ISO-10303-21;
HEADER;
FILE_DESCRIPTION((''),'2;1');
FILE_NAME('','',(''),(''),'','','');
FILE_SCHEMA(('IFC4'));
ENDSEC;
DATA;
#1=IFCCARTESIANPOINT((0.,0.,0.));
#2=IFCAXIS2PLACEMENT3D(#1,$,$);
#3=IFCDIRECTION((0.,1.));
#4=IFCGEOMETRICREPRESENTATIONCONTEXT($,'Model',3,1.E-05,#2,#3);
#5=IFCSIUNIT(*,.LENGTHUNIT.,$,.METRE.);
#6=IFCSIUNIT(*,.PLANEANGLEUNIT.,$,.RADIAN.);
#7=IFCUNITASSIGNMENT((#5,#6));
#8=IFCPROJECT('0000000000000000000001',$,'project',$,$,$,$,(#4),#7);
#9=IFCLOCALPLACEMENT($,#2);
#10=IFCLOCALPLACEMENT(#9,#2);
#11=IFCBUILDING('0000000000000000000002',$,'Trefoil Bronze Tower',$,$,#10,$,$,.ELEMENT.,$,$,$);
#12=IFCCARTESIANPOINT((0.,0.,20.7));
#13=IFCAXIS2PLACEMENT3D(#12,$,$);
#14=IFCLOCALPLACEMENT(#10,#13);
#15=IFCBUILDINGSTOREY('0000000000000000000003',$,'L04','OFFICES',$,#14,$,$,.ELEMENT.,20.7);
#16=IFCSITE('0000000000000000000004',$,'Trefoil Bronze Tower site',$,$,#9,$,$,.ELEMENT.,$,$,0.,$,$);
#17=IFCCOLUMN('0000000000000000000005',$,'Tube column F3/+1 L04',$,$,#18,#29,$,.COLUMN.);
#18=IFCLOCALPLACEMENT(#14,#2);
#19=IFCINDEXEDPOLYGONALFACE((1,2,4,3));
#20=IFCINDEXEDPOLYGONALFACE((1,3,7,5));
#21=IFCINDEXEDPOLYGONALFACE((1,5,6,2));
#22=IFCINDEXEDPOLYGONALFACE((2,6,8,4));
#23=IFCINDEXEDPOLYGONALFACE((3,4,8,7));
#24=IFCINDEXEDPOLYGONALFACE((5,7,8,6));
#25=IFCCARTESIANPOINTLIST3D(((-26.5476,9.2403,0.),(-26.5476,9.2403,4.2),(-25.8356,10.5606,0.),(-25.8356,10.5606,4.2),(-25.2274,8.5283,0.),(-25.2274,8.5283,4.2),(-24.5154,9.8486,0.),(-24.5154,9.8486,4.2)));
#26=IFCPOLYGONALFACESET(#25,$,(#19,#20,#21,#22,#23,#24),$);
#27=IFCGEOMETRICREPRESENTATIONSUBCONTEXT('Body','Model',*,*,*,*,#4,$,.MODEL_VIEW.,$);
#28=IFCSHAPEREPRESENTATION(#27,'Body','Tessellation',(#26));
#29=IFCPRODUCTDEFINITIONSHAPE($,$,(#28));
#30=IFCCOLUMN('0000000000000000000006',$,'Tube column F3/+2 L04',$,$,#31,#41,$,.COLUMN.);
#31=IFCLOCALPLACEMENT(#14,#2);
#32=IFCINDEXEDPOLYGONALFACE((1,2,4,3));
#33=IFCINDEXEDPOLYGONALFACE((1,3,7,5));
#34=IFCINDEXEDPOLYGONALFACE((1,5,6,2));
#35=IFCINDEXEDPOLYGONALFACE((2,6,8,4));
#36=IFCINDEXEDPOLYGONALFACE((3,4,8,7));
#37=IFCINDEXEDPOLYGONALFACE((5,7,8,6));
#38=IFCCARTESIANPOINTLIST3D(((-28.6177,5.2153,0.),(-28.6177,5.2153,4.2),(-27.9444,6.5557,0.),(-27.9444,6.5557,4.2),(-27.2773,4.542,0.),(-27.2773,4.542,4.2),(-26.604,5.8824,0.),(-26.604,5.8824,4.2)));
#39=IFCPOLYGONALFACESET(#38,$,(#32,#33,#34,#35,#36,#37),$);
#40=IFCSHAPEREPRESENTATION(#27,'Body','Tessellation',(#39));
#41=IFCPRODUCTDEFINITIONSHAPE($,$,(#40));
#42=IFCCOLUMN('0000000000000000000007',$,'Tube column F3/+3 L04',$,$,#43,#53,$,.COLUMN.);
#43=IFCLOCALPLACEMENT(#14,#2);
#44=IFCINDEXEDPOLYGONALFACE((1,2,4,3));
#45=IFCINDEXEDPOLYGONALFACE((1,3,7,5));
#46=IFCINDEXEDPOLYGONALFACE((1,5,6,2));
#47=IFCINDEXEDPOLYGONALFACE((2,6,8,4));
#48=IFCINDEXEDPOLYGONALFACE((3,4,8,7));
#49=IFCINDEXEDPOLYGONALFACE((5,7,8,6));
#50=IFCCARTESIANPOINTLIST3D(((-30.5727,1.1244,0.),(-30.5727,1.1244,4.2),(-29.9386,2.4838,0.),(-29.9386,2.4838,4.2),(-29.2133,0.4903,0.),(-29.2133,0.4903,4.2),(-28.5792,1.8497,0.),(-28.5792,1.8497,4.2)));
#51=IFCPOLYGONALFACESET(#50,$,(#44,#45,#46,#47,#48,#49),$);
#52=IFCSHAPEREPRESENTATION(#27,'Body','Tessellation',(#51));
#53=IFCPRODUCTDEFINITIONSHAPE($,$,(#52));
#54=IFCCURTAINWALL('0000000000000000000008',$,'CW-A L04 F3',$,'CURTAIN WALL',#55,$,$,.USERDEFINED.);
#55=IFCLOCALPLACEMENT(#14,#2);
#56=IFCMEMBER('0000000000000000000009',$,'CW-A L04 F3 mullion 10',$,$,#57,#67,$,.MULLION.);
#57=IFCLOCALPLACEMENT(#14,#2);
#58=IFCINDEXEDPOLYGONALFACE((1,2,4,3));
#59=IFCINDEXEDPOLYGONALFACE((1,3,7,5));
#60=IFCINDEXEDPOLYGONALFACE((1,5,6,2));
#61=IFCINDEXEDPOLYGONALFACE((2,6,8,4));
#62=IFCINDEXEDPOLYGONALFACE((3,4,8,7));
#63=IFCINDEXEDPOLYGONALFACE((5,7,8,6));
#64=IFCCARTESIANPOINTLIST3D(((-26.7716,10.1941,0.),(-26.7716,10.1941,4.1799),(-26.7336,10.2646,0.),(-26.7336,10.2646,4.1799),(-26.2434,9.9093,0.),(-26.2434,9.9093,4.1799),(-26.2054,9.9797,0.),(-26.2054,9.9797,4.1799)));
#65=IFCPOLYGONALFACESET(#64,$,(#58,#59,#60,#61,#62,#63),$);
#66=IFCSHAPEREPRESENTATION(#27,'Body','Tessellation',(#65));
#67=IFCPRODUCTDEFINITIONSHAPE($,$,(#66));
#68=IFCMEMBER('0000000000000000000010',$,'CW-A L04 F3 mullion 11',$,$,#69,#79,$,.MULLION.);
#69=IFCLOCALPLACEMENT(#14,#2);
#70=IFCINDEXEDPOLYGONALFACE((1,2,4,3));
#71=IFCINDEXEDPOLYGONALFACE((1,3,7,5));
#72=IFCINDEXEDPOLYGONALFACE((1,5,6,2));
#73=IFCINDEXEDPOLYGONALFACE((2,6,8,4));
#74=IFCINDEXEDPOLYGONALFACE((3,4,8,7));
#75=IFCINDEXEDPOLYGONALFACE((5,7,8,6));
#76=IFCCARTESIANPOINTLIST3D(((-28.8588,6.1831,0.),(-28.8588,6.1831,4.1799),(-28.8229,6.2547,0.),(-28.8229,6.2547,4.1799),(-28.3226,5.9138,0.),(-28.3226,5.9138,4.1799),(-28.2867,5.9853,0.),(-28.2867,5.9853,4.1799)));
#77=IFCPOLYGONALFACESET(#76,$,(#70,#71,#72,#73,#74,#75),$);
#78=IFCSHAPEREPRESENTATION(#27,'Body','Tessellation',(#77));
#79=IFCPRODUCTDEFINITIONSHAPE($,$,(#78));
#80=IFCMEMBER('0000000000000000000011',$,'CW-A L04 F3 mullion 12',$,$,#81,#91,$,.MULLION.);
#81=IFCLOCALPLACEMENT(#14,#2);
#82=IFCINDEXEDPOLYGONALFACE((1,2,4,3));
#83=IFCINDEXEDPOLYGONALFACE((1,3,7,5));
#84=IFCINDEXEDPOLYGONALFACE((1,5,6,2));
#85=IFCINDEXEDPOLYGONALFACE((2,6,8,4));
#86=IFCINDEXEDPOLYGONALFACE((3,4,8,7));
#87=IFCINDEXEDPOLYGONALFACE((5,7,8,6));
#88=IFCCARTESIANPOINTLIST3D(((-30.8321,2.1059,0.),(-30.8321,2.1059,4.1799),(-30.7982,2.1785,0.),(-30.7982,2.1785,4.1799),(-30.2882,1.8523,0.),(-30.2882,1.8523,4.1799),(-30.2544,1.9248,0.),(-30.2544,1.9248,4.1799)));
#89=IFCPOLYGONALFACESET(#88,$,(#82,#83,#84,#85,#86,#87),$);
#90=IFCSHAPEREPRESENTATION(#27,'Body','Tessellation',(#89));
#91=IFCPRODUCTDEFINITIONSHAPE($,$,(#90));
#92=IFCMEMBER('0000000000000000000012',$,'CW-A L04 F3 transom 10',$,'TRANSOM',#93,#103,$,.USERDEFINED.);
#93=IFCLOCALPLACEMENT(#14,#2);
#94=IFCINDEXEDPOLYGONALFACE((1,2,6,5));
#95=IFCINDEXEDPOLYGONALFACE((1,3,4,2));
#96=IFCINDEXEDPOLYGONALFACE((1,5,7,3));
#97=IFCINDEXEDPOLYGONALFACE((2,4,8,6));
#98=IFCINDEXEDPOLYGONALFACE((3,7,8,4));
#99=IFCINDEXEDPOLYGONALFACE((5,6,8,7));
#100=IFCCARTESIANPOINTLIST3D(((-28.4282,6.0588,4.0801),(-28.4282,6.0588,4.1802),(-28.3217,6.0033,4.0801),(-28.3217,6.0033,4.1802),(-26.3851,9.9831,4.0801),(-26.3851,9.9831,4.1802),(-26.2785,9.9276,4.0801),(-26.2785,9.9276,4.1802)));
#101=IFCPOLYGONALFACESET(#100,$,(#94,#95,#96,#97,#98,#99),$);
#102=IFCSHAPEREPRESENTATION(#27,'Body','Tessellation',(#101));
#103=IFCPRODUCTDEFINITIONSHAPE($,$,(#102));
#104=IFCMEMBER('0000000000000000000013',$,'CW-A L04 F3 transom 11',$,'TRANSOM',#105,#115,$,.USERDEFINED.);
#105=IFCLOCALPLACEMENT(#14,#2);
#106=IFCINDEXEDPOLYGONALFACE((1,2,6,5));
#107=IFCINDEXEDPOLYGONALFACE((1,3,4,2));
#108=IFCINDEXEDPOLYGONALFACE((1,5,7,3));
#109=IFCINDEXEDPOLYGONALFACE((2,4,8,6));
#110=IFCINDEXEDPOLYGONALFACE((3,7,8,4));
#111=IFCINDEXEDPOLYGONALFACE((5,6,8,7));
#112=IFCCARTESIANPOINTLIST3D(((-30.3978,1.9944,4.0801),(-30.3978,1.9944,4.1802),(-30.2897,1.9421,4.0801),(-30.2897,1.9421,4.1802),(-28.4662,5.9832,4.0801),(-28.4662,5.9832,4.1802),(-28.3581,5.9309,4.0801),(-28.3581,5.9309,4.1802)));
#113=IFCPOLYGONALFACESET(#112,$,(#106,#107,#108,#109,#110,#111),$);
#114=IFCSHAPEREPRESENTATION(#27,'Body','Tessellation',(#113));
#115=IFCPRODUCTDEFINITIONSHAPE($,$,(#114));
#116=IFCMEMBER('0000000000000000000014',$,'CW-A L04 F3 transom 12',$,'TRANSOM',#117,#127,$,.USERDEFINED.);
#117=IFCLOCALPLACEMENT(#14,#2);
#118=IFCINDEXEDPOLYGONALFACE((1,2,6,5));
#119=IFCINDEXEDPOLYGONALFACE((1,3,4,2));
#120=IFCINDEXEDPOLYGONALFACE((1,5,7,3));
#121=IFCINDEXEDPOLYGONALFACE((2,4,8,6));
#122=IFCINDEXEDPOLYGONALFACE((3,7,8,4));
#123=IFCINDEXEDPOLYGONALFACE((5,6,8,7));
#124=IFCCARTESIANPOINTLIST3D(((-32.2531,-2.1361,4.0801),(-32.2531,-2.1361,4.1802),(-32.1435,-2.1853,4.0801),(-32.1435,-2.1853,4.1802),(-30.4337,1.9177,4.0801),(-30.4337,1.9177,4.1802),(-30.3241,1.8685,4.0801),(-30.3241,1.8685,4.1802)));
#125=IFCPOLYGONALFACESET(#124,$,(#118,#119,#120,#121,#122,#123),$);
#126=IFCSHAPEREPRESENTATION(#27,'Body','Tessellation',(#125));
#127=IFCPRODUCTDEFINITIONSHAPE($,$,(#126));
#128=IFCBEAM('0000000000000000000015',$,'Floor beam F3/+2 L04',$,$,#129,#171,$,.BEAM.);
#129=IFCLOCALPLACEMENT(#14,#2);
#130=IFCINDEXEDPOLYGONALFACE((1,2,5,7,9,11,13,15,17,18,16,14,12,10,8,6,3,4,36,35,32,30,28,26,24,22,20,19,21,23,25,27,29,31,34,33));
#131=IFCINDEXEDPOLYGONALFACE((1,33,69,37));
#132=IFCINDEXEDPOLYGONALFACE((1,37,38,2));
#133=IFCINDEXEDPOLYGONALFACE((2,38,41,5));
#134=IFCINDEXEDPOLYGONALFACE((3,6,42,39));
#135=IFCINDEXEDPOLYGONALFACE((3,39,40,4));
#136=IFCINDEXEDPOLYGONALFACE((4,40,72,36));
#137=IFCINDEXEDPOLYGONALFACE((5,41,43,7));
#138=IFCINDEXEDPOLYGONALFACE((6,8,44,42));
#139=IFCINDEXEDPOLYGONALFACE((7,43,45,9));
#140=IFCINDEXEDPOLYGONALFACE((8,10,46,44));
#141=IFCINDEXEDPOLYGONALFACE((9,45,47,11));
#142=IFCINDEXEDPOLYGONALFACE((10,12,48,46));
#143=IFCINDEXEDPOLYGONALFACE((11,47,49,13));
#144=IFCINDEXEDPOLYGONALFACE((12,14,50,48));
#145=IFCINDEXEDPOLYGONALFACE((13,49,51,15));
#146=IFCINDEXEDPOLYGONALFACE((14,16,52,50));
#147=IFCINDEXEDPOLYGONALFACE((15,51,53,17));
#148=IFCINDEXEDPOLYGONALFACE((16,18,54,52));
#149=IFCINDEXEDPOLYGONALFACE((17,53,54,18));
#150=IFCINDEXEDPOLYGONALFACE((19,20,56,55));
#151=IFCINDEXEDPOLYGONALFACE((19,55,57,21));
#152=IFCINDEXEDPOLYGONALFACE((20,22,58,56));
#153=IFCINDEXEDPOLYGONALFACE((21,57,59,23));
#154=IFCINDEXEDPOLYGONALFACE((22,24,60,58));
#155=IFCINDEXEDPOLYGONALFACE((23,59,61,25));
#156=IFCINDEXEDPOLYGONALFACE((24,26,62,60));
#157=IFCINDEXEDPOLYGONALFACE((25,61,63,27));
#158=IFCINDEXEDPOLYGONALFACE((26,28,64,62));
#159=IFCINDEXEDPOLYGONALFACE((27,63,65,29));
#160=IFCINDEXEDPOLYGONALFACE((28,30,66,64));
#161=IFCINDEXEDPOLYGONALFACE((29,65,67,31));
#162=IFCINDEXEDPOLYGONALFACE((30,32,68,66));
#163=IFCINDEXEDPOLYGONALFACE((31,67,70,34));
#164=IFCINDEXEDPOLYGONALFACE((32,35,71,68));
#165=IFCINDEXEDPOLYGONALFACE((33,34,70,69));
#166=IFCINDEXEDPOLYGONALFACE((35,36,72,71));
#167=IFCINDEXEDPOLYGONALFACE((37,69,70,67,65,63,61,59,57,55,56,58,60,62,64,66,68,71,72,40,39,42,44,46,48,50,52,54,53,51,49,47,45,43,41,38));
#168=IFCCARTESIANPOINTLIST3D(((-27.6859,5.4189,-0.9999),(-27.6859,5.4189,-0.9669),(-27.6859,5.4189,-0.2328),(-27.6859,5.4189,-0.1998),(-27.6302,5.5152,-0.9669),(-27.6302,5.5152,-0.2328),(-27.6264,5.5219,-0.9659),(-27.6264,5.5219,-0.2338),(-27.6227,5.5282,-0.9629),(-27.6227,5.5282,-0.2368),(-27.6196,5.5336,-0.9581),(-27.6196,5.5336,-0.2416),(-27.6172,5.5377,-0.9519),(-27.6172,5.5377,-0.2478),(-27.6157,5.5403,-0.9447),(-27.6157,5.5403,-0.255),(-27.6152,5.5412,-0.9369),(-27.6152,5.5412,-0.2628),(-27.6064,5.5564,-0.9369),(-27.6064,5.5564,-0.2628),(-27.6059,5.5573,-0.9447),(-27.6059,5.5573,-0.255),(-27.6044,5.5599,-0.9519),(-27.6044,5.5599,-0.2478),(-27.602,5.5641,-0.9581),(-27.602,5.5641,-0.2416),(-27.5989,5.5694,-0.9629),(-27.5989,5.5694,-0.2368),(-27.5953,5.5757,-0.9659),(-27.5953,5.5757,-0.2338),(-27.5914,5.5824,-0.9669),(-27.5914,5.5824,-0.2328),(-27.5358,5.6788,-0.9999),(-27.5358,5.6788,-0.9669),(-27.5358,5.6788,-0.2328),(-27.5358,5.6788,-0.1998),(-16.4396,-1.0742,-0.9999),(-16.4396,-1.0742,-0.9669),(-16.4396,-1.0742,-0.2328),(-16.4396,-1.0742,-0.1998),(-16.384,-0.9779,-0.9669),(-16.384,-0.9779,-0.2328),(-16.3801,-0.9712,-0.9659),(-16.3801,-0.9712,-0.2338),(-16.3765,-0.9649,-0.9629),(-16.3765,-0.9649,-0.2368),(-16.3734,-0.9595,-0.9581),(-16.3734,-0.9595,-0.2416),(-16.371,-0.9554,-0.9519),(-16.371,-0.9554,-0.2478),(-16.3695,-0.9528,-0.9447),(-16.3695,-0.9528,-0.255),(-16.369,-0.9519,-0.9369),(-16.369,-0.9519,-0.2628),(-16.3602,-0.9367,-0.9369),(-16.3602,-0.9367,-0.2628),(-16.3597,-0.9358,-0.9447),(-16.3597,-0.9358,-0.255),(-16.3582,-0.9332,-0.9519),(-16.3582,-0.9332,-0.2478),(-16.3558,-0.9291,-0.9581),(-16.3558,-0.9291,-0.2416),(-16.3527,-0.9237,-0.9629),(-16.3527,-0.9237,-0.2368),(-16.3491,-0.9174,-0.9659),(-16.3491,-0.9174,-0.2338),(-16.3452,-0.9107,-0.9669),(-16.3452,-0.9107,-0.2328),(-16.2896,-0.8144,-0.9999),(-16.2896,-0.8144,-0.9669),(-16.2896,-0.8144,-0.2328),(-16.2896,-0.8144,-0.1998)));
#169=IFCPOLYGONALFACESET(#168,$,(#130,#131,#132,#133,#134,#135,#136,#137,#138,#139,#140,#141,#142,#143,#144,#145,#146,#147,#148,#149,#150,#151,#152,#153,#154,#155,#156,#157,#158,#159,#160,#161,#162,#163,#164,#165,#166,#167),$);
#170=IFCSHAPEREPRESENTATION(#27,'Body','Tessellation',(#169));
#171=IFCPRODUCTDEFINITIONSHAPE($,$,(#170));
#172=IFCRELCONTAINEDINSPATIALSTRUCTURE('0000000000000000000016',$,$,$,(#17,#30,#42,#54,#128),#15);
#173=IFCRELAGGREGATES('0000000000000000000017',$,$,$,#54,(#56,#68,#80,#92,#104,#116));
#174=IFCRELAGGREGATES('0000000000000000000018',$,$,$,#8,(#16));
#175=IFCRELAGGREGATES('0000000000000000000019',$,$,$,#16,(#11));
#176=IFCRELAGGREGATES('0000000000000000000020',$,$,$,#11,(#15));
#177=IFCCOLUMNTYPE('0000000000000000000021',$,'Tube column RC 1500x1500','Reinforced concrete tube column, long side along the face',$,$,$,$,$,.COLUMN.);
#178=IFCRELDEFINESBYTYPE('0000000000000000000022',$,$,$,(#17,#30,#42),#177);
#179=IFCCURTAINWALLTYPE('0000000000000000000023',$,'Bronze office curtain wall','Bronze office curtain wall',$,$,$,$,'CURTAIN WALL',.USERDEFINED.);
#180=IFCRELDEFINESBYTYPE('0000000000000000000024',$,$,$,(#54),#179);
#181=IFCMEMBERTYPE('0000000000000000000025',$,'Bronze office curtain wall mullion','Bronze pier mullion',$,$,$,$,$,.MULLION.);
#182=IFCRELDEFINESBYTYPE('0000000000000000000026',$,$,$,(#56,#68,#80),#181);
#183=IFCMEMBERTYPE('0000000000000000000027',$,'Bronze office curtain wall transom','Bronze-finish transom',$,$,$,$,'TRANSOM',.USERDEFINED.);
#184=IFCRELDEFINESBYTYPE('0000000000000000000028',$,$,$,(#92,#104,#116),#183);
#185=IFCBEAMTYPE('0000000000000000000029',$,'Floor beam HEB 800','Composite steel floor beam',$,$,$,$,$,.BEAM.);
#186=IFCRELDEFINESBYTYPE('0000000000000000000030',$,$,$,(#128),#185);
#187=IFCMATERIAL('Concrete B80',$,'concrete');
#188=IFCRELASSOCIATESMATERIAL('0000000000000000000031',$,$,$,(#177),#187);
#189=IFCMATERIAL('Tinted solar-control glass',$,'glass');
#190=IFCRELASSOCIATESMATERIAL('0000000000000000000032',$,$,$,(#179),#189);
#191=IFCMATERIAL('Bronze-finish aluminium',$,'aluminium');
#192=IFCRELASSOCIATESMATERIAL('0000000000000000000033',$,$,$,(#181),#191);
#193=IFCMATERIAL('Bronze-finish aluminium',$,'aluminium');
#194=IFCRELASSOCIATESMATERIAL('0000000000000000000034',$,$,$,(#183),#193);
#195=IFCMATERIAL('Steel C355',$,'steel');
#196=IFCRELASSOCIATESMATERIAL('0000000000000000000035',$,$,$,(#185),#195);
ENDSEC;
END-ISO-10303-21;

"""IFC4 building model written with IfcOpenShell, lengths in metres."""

from ifc_helpers import new_model, si_unit, direction, frame, origin, origin_2d, place, context, subcontext, project, spatial, rectangle, i_section, extrude, material, material_profile, profile_set, type_object, element, aggregate, save


model = new_model("IFC4")

# Units and contexts
model_context = context("Model", 3, precision=1e-05, world=origin(), true_north=direction((0.0, 1.0)))
body_context = subcontext(model_context, "Body", "Model", "MODEL_VIEW")
ifc_project = project(units=[si_unit("LENGTHUNIT", "METRE"), si_unit("PLANEANGLEUNIT", "RADIAN")], contexts=[model_context])

# Site, building, storey
site_placement = place(None, origin())
site = spatial("IfcSite", under=ifc_project, at=site_placement, Name="Trefoil Bronze Tower site", CompositionType="ELEMENT", RefElevation=0.0)
building_placement = place(site_placement, origin())
building = spatial("IfcBuilding", under=site, at=building_placement, Name="Trefoil Bronze Tower", CompositionType="ELEMENT")
storey_placement = place(building_placement, frame((0.0, 0.0, 20.7)))
storey = spatial("IfcBuildingStorey", under=building, at=storey_placement, Name="L04", Description="OFFICES", CompositionType="ELEMENT", Elevation=20.7)

# Columns
ifc_material_1 = material(Name="Concrete B80", Category="concrete")
ifc_material_profile_1 = material_profile(ifc_material_1, rectangle(XDim=1.5, YDim=1.5, at=origin_2d()), Name="RC 1500x1500")
ifc_profile_set_1 = profile_set([ifc_material_profile_1], Name="Concrete B80")
column_type = type_object("IfcColumnType", Name="Tube column RC 1500x1500", Description="Reinforced concrete tube column, long side along the face", PredefinedType="COLUMN", material=ifc_profile_set_1)
for number, where, z_axis, x_axis, name in (
    (1, (-25.5315, 9.5444, 0.0), (0.0, 0.0, 1.0), (-0.474656, -0.880171, 0.0), "Tube column F3/+1 L04"),
    (2, (-27.6108, 5.5488, 0.0), (0.0, 0.0, 1.0), (-0.44889, -0.893587, 0.0), "Tube column F3/+2 L04"),
    (3, (-29.5759, 1.4871, 0.0), (0.0, 0.0, 1.0), (-0.422701, -0.906269, 0.0), "Tube column F3/+3 L04"),
):
    element("IfcColumn", number, at=place(storey_placement, frame(where, z_axis=z_axis, x_axis=x_axis)), inside=storey, type_object=column_type, Name=name, PredefinedType="COLUMN", context=body_context, shape_type="SweptSolid", body=[
        extrude(rectangle(XDim=1.5, YDim=1.5, at=origin_2d()), origin(), (0.0, 0.0, 1.0), 4.2),
    ])

# Curtain wall, members
ifc_material_2 = material(Name="Tinted solar-control glass", Category="glass")
curtain_wall_type = type_object("IfcCurtainWallType", Name="Bronze office curtain wall", Description="Bronze office curtain wall", ElementType="CURTAIN WALL", PredefinedType="USERDEFINED", material=ifc_material_2)
curtain_wall_placement = place(storey_placement, origin())
curtain_wall = element("IfcCurtainWall", 4, at=curtain_wall_placement, inside=storey, type_object=curtain_wall_type, Name="CW-A L04 F3", ObjectType="CURTAIN WALL", PredefinedType="USERDEFINED")
ifc_material_3 = material(Name="Bronze-finish aluminium", Category="aluminium")
ifc_material_profile_2 = material_profile(ifc_material_3, rectangle(XDim=0.6001, YDim=0.0801, at=origin_2d()), Name="CW-A mullion")
ifc_profile_set_2 = profile_set([ifc_material_profile_2], Name="Bronze-finish aluminium")
member_type_1 = type_object("IfcMemberType", Name="Bronze office curtain wall mullion", Description="Bronze pier mullion", PredefinedType="MULLION", material=ifc_profile_set_2)
member_1_placement = place(storey_placement, frame((-26.4885, 10.0869, 0.0), z_axis=(0.0, 0.0, 1.0), x_axis=(0.880171, -0.474656, 0.0)))
member_1 = element("IfcMember", 5, at=member_1_placement, type_object=member_type_1, Name="CW-A L04 F3 mullion 10", PredefinedType="MULLION", context=body_context, shape_type="SweptSolid", body=[
    extrude(rectangle(XDim=0.6001, YDim=0.0801, at=origin_2d()), origin(), (0.0, 0.0, 1.0), 4.1799),
])
member_2_placement = place(storey_placement, frame((-28.5728, 6.0842, 0.0), z_axis=(0.0, 0.0, 1.0), x_axis=(0.893587, -0.44889, 0.0)))
member_2 = element("IfcMember", 6, at=member_2_placement, type_object=member_type_1, Name="CW-A L04 F3 mullion 11", PredefinedType="MULLION", context=body_context, shape_type="SweptSolid", body=[
    extrude(rectangle(XDim=0.6001, YDim=0.0801, at=origin_2d()), origin(), (0.0, 0.0, 1.0), 4.1799),
])
member_3_placement = place(storey_placement, frame((-30.5432, 2.0154, 0.0), z_axis=(0.0, 0.0, 1.0), x_axis=(0.906269, -0.422701, 0.0)))
member_3 = element("IfcMember", 7, at=member_3_placement, type_object=member_type_1, Name="CW-A L04 F3 mullion 12", PredefinedType="MULLION", context=body_context, shape_type="SweptSolid", body=[
    extrude(rectangle(XDim=0.6001, YDim=0.0801, at=origin_2d()), origin(), (0.0, 0.0, 1.0), 4.1799),
])
ifc_material_4 = material(Name="Bronze-finish aluminium", Category="aluminium")
ifc_material_profile_3 = material_profile(ifc_material_4, rectangle(XDim=0.1201, YDim=0.1001, at=origin_2d()), Name="CW-A transom")
ifc_profile_set_3 = profile_set([ifc_material_profile_3], Name="Bronze-finish aluminium")
member_type_2 = type_object("IfcMemberType", Name="Bronze office curtain wall transom", Description="Bronze-finish transom", ElementType="TRANSOM", PredefinedType="USERDEFINED", material=ifc_profile_set_3)
member_4_placement = place(storey_placement, frame((-26.3318, 9.9553, 4.1301), z_axis=(-0.46181, -0.886979, 0.0), x_axis=(0.886979, -0.46181, 0.0)))
member_4 = element("IfcMember", 8, at=member_4_placement, type_object=member_type_2, Name="CW-A L04 F3 transom 10", ObjectType="TRANSOM", PredefinedType="USERDEFINED", context=body_context, shape_type="SweptSolid", body=[
    extrude(rectangle(XDim=0.1201, YDim=0.1001, at=origin_2d()), origin(), (0.0, 0.0, 1.0), 4.4243),
])
member_5_placement = place(storey_placement, frame((-28.4121, 5.957, 4.1301), z_axis=(-0.435852, -0.900018, 0.0), x_axis=(0.900018, -0.435852, 0.0)))
member_5 = element("IfcMember", 9, at=member_5_placement, type_object=member_type_2, Name="CW-A L04 F3 transom 11", ObjectType="TRANSOM", PredefinedType="USERDEFINED", context=body_context, shape_type="SweptSolid", body=[
    extrude(rectangle(XDim=0.1201, YDim=0.1001, at=origin_2d()), origin(), (0.0, 0.0, 1.0), 4.4319),
])
member_6_placement = place(storey_placement, frame((-30.3789, 1.8931, 4.1301), z_axis=(-0.40946, -0.912328, 0.0), x_axis=(0.912328, -0.40946, 0.0)))
member_6 = element("IfcMember", 10, at=member_6_placement, type_object=member_type_2, Name="CW-A L04 F3 transom 12", ObjectType="TRANSOM", PredefinedType="USERDEFINED", context=body_context, shape_type="SweptSolid", body=[
    extrude(rectangle(XDim=0.1201, YDim=0.1001, at=origin_2d()), origin(), (0.0, 0.0, 1.0), 4.4434),
])

# Beam
ifc_material_5 = material(Name="Steel C355", Category="steel")
ifc_material_profile_4 = material_profile(ifc_material_5, i_section(OverallWidth=0.3, OverallDepth=0.8, WebThickness=0.0176, FlangeThickness=0.033, FilletRadius=0.03, at=origin_2d()), Name="HEB 800")
ifc_profile_set_4 = profile_set([ifc_material_profile_4], Name="Steel C355")
beam_type_1 = type_object("IfcBeamType", Name="Floor beam HEB 800", Description="Composite steel floor beam", PredefinedType="BEAM", material=ifc_profile_set_4)
beam_1_placement = place(storey_placement, frame((-27.6108, 5.5488, -0.5999), z_axis=(0.866022, -0.500005, 0.0), x_axis=(0.500005, 0.866022, 0.0)))
element("IfcBeam", 11, at=beam_1_placement, inside=storey, type_object=beam_type_1, Name="Floor beam F3/+2 L04", PredefinedType="BEAM", context=body_context, shape_type="SweptSolid", body=[
    extrude(i_section(OverallWidth=0.3, OverallDepth=0.8, WebThickness=0.0176, FlangeThickness=0.033, FilletRadius=0.03, at=origin_2d()), origin(), (0.0, 0.0, 1.0), 12.9861),
])

aggregate(curtain_wall, [member_1, member_2, member_3, member_4, member_5, member_6])

save(model, "model.ifc")
